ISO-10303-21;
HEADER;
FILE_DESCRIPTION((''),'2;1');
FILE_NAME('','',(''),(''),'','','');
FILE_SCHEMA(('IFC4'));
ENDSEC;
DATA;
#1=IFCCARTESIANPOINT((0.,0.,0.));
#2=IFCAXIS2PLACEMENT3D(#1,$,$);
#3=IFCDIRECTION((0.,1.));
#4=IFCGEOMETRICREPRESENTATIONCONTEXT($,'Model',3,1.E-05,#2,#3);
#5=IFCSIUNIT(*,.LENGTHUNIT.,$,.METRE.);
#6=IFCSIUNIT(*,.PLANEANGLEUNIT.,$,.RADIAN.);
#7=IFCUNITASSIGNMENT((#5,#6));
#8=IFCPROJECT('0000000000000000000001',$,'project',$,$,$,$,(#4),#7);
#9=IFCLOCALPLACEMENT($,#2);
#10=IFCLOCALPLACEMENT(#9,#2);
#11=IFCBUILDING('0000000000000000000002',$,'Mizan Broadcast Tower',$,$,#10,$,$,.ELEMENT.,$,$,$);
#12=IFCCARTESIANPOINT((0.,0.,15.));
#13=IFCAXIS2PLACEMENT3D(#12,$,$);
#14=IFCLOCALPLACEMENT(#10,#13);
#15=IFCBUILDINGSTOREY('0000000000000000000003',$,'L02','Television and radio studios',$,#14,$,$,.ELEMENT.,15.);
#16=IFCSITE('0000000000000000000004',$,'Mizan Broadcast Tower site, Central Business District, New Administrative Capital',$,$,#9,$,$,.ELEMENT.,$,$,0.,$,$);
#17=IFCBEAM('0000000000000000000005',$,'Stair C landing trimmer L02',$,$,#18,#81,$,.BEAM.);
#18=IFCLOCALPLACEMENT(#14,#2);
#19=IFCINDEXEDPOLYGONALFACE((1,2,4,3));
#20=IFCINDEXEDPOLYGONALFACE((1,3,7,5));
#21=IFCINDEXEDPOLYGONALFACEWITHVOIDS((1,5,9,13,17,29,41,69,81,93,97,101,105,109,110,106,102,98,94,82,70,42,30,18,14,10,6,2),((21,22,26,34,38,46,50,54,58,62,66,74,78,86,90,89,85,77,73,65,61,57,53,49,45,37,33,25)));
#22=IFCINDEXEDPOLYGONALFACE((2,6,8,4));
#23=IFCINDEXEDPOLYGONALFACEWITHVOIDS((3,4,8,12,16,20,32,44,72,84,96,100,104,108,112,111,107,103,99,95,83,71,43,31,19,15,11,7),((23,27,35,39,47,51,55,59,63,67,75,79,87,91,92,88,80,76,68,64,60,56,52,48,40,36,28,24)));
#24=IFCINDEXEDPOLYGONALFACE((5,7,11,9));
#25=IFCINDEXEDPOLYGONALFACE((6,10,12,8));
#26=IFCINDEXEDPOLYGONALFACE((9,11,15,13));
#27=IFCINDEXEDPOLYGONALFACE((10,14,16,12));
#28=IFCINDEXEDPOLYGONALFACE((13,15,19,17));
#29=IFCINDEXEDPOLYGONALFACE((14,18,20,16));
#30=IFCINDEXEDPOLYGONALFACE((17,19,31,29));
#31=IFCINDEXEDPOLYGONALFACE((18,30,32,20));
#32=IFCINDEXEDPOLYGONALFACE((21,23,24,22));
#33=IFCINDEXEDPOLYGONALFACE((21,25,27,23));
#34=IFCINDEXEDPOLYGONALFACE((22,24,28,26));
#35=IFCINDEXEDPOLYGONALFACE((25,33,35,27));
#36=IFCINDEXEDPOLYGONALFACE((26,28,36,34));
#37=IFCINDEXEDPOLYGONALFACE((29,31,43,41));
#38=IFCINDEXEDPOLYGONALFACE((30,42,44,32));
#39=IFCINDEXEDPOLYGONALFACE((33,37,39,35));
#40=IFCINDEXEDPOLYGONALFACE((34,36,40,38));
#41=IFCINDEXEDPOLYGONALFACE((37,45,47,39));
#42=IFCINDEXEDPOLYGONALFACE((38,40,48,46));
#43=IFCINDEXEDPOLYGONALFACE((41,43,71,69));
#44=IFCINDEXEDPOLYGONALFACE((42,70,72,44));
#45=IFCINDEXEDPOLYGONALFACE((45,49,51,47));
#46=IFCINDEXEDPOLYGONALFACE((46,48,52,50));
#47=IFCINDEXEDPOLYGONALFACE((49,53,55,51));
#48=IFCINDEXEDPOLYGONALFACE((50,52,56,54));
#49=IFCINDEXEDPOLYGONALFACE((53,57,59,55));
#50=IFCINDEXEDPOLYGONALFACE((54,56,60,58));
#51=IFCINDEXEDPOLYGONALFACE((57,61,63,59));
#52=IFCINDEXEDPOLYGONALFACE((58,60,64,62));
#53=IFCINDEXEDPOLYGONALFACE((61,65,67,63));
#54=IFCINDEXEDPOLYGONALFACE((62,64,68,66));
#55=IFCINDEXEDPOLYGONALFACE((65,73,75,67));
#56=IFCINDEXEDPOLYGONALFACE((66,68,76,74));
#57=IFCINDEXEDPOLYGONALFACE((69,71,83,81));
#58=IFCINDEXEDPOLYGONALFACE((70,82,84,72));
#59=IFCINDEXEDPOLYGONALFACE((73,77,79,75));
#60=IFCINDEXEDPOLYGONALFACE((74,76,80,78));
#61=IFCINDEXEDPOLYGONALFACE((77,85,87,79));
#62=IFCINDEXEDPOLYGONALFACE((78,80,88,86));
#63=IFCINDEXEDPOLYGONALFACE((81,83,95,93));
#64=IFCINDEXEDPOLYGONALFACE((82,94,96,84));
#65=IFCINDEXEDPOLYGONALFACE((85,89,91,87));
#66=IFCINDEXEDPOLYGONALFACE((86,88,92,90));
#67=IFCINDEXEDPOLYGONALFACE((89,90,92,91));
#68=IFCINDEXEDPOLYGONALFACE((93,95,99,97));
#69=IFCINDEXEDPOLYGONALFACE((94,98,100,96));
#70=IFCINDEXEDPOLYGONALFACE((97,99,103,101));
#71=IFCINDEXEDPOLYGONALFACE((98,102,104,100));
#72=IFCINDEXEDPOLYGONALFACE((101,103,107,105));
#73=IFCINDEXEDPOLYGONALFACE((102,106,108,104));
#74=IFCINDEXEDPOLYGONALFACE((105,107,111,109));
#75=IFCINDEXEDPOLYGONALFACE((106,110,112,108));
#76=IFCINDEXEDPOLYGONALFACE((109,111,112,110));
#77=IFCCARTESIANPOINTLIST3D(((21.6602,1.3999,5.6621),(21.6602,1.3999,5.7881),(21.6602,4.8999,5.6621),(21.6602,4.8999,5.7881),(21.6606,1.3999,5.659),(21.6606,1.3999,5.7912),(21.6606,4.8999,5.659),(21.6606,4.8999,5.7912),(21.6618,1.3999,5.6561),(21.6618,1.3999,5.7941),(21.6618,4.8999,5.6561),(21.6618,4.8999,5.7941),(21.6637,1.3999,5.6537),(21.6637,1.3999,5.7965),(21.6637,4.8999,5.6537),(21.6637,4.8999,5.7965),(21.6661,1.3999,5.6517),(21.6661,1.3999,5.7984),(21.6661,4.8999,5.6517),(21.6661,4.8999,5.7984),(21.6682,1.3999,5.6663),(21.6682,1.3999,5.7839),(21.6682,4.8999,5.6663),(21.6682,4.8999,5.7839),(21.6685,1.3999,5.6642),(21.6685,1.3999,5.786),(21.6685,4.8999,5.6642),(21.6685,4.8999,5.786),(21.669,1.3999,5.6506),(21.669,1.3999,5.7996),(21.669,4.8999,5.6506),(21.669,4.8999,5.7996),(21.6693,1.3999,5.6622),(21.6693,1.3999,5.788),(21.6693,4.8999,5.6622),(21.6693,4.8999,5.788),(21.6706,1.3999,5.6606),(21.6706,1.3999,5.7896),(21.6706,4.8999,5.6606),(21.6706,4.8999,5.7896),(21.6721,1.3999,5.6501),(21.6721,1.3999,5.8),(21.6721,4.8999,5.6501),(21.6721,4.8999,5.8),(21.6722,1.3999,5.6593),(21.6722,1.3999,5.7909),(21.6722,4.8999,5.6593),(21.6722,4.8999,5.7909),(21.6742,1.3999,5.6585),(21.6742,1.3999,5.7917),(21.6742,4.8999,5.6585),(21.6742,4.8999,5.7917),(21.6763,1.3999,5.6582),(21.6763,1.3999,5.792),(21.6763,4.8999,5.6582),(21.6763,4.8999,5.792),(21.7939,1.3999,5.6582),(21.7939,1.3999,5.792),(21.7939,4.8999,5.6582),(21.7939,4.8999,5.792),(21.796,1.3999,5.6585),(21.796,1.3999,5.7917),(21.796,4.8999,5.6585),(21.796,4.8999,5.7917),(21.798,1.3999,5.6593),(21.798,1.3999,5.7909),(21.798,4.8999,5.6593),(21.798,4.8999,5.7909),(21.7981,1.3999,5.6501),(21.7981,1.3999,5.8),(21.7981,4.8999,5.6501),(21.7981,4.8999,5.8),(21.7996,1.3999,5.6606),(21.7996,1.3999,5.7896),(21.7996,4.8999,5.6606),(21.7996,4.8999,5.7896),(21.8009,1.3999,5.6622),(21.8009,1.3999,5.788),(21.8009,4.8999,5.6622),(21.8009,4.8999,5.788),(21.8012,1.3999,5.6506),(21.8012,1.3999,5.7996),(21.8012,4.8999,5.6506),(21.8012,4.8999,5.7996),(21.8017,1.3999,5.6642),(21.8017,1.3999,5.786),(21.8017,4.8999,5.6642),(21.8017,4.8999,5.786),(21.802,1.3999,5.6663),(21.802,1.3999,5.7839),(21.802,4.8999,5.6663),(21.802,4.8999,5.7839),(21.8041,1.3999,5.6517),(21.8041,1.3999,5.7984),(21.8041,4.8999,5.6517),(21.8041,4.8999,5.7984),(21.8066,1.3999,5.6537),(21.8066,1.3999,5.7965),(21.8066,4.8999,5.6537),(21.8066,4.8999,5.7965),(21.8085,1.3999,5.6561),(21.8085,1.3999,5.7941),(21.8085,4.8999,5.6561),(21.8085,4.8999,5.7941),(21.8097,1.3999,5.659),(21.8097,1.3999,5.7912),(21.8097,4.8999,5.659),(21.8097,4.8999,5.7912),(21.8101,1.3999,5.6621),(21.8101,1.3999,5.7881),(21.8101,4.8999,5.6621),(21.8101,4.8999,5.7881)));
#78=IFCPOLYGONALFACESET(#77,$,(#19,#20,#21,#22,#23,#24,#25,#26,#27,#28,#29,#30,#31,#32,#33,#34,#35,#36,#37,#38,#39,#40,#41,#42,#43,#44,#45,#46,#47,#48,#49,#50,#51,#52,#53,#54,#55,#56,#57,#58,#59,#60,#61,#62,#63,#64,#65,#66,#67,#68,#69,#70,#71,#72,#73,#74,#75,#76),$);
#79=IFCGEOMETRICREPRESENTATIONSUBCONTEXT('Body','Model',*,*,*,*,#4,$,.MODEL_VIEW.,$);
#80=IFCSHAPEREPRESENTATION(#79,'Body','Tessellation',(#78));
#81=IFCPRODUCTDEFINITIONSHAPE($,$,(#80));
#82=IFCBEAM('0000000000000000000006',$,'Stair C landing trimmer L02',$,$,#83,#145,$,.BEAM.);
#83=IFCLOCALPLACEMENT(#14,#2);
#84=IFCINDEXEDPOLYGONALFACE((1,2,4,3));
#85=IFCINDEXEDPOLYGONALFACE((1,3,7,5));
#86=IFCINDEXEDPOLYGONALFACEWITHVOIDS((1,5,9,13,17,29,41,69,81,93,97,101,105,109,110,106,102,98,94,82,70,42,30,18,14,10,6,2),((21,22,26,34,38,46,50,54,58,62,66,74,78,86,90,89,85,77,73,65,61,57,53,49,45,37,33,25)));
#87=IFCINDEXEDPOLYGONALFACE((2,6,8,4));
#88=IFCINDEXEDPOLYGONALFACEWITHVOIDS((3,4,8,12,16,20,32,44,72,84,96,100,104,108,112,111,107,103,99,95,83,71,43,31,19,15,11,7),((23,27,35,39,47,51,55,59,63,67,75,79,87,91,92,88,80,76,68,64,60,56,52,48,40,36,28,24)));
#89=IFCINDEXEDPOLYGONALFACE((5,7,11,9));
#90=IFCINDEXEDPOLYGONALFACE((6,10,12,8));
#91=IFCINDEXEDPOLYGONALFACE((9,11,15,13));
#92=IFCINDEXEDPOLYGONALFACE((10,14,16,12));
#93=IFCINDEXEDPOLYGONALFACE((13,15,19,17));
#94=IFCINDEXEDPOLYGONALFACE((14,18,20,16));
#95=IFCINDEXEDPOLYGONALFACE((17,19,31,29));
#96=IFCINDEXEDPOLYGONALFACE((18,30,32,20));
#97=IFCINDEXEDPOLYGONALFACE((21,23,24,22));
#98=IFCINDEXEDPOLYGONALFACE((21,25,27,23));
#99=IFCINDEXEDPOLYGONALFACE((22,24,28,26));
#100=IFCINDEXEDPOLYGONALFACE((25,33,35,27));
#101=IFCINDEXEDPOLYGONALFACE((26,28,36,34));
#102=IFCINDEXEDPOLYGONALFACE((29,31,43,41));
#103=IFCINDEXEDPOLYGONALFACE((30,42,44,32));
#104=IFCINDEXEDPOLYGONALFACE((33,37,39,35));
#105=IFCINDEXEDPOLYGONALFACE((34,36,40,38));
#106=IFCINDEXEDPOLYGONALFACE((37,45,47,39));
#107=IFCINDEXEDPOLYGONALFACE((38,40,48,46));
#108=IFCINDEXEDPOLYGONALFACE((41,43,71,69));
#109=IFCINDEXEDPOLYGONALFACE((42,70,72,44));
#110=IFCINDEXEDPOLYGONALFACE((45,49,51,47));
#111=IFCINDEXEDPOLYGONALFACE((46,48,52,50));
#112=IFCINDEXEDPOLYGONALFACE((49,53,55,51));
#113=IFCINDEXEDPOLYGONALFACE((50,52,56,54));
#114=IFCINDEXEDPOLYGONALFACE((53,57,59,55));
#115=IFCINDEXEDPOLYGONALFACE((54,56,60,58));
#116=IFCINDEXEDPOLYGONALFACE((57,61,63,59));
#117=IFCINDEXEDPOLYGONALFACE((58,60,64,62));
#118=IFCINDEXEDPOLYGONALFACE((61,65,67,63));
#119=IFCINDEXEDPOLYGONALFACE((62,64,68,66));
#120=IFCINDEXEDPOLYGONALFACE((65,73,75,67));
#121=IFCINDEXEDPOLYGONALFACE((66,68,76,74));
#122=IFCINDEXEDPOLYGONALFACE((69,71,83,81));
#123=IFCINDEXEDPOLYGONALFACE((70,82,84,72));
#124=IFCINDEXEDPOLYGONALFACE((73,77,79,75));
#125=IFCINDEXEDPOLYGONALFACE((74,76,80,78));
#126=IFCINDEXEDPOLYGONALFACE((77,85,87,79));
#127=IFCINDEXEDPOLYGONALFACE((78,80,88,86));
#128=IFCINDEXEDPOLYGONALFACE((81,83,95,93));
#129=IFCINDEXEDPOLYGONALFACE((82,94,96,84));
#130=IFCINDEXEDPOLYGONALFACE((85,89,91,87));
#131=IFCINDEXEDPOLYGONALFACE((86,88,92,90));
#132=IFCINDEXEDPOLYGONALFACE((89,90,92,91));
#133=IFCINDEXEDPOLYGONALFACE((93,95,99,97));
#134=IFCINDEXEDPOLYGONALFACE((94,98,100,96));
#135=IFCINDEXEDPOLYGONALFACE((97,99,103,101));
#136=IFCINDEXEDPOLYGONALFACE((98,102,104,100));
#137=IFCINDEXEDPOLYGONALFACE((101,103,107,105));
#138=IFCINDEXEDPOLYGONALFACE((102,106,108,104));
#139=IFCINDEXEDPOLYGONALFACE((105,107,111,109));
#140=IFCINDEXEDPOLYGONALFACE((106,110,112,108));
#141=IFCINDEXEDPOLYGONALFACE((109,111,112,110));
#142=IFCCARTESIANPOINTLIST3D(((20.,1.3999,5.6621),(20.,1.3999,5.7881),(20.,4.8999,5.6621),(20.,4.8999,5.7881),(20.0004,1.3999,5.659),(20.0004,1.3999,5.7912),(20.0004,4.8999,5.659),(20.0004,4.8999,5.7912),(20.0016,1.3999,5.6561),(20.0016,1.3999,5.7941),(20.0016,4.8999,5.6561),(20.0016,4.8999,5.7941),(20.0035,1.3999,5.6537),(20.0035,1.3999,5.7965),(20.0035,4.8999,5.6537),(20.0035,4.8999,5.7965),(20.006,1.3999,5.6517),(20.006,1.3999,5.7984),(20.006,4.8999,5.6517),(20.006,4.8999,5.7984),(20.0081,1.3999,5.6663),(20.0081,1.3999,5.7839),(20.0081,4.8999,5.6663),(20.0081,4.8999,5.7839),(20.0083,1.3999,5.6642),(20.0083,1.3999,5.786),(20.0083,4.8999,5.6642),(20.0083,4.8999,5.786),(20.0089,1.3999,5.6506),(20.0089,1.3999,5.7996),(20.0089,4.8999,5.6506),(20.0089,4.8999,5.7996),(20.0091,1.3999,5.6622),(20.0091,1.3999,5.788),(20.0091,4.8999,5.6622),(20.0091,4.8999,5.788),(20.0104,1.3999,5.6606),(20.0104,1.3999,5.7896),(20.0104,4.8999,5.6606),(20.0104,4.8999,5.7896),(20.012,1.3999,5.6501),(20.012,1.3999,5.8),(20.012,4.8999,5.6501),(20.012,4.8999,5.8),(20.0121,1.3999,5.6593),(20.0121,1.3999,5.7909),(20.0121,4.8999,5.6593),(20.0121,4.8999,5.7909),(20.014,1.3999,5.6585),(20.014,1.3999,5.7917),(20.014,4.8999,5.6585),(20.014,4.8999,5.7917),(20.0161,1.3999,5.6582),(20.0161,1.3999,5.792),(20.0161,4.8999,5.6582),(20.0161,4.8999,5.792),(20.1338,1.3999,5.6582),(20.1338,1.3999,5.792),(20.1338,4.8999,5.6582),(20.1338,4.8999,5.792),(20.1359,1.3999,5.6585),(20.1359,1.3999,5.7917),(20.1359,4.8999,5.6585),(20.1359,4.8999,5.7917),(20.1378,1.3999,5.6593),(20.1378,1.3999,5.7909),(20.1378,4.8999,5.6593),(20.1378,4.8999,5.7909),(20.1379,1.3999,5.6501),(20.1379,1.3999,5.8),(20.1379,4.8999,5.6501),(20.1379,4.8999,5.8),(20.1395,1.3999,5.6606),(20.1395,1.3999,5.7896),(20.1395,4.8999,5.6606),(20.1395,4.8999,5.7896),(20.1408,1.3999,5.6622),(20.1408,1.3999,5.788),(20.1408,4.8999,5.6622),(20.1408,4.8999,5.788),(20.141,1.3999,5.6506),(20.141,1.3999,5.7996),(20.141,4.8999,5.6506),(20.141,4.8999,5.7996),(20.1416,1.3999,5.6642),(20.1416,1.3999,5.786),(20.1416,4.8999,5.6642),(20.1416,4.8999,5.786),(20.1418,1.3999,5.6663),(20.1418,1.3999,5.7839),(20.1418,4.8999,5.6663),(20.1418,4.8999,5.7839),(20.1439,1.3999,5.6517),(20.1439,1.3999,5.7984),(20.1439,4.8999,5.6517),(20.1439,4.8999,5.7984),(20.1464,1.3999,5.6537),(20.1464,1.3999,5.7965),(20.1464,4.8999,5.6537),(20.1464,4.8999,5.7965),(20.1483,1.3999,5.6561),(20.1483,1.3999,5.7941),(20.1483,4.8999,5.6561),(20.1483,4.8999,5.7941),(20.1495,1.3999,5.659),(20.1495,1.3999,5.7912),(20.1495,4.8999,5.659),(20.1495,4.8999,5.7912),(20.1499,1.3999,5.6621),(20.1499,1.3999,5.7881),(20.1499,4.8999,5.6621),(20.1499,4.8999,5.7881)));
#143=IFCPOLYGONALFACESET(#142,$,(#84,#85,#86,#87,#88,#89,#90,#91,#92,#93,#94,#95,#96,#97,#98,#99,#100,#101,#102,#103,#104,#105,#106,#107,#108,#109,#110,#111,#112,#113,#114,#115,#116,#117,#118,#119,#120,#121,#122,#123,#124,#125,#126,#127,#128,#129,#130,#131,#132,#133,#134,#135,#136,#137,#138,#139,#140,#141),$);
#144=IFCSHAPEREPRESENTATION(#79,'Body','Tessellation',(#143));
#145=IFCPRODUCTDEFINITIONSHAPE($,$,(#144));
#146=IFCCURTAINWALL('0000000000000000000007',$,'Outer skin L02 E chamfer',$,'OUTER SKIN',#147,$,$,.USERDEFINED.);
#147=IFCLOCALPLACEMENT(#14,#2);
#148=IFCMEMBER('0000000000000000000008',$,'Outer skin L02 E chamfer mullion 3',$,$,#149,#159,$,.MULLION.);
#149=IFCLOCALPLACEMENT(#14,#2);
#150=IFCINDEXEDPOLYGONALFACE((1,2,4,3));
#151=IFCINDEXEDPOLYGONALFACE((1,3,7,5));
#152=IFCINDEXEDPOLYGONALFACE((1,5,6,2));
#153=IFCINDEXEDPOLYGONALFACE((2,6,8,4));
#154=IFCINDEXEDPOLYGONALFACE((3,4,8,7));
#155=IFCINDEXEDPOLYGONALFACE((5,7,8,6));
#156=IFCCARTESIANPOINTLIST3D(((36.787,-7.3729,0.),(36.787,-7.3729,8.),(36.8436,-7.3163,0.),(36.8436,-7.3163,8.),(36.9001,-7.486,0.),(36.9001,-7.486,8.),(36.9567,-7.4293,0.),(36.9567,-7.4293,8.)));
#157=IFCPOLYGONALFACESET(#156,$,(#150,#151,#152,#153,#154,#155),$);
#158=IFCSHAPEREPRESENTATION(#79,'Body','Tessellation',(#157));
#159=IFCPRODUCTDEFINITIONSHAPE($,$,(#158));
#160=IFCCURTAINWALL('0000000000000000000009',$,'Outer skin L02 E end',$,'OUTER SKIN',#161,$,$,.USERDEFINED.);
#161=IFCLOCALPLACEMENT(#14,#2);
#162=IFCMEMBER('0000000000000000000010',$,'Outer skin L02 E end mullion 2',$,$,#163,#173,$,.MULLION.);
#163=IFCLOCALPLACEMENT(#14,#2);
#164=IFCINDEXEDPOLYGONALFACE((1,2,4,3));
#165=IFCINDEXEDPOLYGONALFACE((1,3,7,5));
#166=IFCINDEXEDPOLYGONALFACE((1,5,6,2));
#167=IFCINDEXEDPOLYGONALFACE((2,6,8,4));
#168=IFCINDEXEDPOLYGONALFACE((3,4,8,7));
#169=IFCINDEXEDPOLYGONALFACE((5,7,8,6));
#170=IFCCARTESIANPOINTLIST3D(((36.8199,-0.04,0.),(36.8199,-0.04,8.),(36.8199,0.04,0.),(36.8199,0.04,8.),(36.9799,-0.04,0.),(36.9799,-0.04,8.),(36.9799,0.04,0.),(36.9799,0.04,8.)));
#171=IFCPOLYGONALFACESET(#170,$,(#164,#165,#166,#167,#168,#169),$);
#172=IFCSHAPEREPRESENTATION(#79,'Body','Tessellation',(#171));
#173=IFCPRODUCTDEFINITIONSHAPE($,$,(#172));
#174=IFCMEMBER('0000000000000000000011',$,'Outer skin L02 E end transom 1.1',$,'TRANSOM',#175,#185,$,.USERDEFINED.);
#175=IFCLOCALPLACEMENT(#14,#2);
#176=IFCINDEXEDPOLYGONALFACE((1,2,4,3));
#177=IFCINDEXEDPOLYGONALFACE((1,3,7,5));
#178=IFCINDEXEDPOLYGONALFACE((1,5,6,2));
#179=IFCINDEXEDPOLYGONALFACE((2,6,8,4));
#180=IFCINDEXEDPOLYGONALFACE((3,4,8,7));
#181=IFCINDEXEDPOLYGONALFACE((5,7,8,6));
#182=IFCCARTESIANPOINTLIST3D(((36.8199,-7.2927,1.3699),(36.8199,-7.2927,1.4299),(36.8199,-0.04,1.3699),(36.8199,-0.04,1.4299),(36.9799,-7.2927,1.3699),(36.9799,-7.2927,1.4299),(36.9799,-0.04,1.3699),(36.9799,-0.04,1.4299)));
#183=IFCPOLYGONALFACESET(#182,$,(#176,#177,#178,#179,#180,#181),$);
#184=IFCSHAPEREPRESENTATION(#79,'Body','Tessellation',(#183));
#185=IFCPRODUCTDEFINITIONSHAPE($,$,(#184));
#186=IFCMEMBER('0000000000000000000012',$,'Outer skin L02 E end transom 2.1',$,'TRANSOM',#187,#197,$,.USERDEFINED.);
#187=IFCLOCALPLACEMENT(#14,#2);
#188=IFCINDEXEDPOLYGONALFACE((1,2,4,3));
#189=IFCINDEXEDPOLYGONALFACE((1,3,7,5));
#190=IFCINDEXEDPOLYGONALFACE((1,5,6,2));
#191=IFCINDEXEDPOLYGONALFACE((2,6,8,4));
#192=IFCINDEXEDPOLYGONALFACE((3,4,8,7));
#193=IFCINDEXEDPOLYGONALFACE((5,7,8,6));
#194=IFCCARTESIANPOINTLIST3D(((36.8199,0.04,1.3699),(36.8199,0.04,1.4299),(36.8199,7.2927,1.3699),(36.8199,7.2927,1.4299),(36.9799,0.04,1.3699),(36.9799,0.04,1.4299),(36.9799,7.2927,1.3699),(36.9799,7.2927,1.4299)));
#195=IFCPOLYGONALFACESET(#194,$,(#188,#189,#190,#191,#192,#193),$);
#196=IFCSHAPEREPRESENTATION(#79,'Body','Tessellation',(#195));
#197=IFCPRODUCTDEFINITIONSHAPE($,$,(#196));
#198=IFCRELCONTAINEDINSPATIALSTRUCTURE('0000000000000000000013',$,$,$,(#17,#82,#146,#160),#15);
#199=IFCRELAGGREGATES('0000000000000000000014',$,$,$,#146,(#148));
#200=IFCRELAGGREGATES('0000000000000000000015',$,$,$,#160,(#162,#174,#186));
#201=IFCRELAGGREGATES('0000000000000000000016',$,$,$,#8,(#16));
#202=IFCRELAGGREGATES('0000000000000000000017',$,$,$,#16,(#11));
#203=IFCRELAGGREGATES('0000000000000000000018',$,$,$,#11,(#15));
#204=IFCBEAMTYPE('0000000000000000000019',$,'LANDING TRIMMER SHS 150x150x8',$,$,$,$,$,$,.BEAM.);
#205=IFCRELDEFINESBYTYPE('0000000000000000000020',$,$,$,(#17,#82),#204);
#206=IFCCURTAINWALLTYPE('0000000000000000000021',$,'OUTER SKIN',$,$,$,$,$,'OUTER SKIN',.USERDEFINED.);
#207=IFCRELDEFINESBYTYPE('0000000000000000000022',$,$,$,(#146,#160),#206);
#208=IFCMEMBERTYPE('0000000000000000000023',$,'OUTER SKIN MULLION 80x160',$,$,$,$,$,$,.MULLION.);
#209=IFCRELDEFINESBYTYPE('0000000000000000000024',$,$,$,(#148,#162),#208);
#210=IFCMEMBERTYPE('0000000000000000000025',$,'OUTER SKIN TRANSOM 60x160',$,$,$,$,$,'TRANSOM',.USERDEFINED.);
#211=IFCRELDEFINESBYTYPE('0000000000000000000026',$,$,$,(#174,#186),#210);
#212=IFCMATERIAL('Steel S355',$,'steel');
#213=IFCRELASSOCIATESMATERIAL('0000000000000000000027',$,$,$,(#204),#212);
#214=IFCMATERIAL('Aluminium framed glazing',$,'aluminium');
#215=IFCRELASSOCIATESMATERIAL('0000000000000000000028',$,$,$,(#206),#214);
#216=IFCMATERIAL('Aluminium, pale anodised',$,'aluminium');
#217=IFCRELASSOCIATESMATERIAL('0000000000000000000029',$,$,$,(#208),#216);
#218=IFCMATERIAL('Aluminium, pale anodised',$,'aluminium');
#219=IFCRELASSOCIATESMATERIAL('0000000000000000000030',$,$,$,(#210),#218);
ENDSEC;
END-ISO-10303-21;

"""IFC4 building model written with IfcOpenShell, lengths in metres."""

from ifc_helpers import new_model, si_unit, direction, frame, origin, origin_2d, place, context, subcontext, project, spatial, rectangle, hollow_rectangle, extrude, material, material_profile, profile_set, type_object, element, aggregate, save


model = new_model("IFC4")

# Units and contexts
model_context = context("Model", 3, precision=1e-05, world=origin(), true_north=direction((0.0, 1.0)))
body_context = subcontext(model_context, "Body", "Model", "MODEL_VIEW")
ifc_project = project(units=[si_unit("LENGTHUNIT", "METRE"), si_unit("PLANEANGLEUNIT", "RADIAN")], contexts=[model_context])

# Site, building, storey
site_placement = place(None, origin())
site = spatial("IfcSite", under=ifc_project, at=site_placement, Name="Mizan Broadcast Tower site, Central Business District, New Administrative Capital", CompositionType="ELEMENT", RefElevation=0.0)
building_placement = place(site_placement, origin())
building = spatial("IfcBuilding", under=site, at=building_placement, Name="Mizan Broadcast Tower", CompositionType="ELEMENT")
storey_placement = place(building_placement, frame((0.0, 0.0, 15.0)))
storey = spatial("IfcBuildingStorey", under=building, at=storey_placement, Name="L02", Description="Television and radio studios", CompositionType="ELEMENT", Elevation=15.0)

# Beams
ifc_material_1 = material(Name="Steel S355", Category="steel")
ifc_material_profile_1 = material_profile(ifc_material_1, hollow_rectangle(XDim=0.1499, YDim=0.1499, WallThickness=0.0081, InnerFilletRadius=0.0081, OuterFilletRadius=0.012, at=origin_2d()), Name="SHS 150x150x8")
ifc_profile_set_1 = profile_set([ifc_material_profile_1], Name="Steel S355")
beam_type_1 = type_object("IfcBeamType", Name="LANDING TRIMMER SHS 150x150x8", PredefinedType="BEAM", material=ifc_profile_set_1)
for number, where, z_axis, x_axis, name in (
    (1, (21.7351, 1.3999, 5.7251), (0.0, 1.0, 0.0), (-1.0, 0.0, 0.0), "Stair C landing trimmer L02"),
    (2, (20.075, 1.3999, 5.7251), (0.0, 1.0, 0.0), (-1.0, 0.0, 0.0), "Stair C landing trimmer L02"),
):
    element("IfcBeam", number, at=place(storey_placement, frame(where, z_axis=z_axis, x_axis=x_axis)), inside=storey, type_object=beam_type_1, Name=name, PredefinedType="BEAM", context=body_context, shape_type="SweptSolid", body=[
        extrude(hollow_rectangle(XDim=0.1499, YDim=0.1499, WallThickness=0.0081, InnerFilletRadius=0.0081, OuterFilletRadius=0.012, at=origin_2d()), origin(), (0.0, 0.0, 1.0), 3.5),
    ])

# Curtain wall, member
ifc_material_2 = material(Name="Aluminium framed glazing", Category="aluminium")
curtain_wall_type = type_object("IfcCurtainWallType", Name="OUTER SKIN", ElementType="OUTER SKIN", PredefinedType="USERDEFINED", material=ifc_material_2)
curtain_wall_1_placement = place(storey_placement, origin())
curtain_wall_1 = element("IfcCurtainWall", 3, at=curtain_wall_1_placement, inside=storey, type_object=curtain_wall_type, Name="Outer skin L02 E chamfer", ObjectType="OUTER SKIN", PredefinedType="USERDEFINED")
ifc_material_3 = material(Name="Aluminium, pale anodised", Category="aluminium")
ifc_material_profile_2 = material_profile(ifc_material_3, rectangle(XDim=0.1599, YDim=0.0801, at=origin_2d()), Name="MULLION 160x80")
ifc_profile_set_2 = profile_set([ifc_material_profile_2], Name="Aluminium, pale anodised")
member_type_1 = type_object("IfcMemberType", Name="OUTER SKIN MULLION 80x160", PredefinedType="MULLION", material=ifc_profile_set_2)
member_1_placement = place(storey_placement, frame((36.8718, -7.4011, 0.0), z_axis=(0.0, 0.0, 1.0), x_axis=(-0.707107, 0.707107, 0.0)))
member_1 = element("IfcMember", 4, at=member_1_placement, type_object=member_type_1, Name="Outer skin L02 E chamfer mullion 3", PredefinedType="MULLION", context=body_context, shape_type="SweptSolid", body=[
    extrude(rectangle(XDim=0.1599, YDim=0.0801, at=origin_2d()), origin(), (0.0, 0.0, 1.0), 8.0),
])

# Curtain wall, members
curtain_wall_2_placement = place(storey_placement, origin())
curtain_wall_2 = element("IfcCurtainWall", 5, at=curtain_wall_2_placement, inside=storey, type_object=curtain_wall_type, Name="Outer skin L02 E end", ObjectType="OUTER SKIN", PredefinedType="USERDEFINED")
member_2_placement = place(storey_placement, frame((36.8999, 0.0, 0.0), z_axis=(0.0, 0.0, 1.0), x_axis=(-1.0, 0.0, 0.0)))
member_2 = element("IfcMember", 6, at=member_2_placement, type_object=member_type_1, Name="Outer skin L02 E end mullion 2", PredefinedType="MULLION", context=body_context, shape_type="SweptSolid", body=[
    extrude(rectangle(XDim=0.1599, YDim=0.0801, at=origin_2d()), origin(), (0.0, 0.0, 1.0), 8.0),
])
ifc_material_4 = material(Name="Aluminium, pale anodised", Category="aluminium")
ifc_material_profile_3 = material_profile(ifc_material_4, rectangle(XDim=0.1599, YDim=0.0601, at=origin_2d()), Name="TRANSOM 160x60")
ifc_profile_set_3 = profile_set([ifc_material_profile_3], Name="Aluminium, pale anodised")
member_type_2 = type_object("IfcMemberType", Name="OUTER SKIN TRANSOM 60x160", ElementType="TRANSOM", PredefinedType="USERDEFINED", material=ifc_profile_set_3)
member_3_placement = place(storey_placement, frame((36.8999, -7.2927, 1.3999), z_axis=(0.0, 1.0, 0.0), x_axis=(-1.0, 0.0, 0.0)))
member_3 = element("IfcMember", 7, at=member_3_placement, type_object=member_type_2, Name="Outer skin L02 E end transom 1.1", ObjectType="TRANSOM", PredefinedType="USERDEFINED", context=body_context, shape_type="SweptSolid", body=[
    extrude(rectangle(XDim=0.1599, YDim=0.0601, at=origin_2d()), origin(), (0.0, 0.0, 1.0), 7.2527),
])
member_4_placement = place(storey_placement, frame((36.8999, 0.04, 1.3999), z_axis=(0.0, 1.0, 0.0), x_axis=(-1.0, 0.0, 0.0)))
member_4 = element("IfcMember", 8, at=member_4_placement, type_object=member_type_2, Name="Outer skin L02 E end transom 2.1", ObjectType="TRANSOM", PredefinedType="USERDEFINED", context=body_context, shape_type="SweptSolid", body=[
    extrude(rectangle(XDim=0.1599, YDim=0.0601, at=origin_2d()), origin(), (0.0, 0.0, 1.0), 7.2527),
])

aggregate(curtain_wall_1, [member_1])
aggregate(curtain_wall_2, [member_2, member_3, member_4])

save(model, "model.ifc")
